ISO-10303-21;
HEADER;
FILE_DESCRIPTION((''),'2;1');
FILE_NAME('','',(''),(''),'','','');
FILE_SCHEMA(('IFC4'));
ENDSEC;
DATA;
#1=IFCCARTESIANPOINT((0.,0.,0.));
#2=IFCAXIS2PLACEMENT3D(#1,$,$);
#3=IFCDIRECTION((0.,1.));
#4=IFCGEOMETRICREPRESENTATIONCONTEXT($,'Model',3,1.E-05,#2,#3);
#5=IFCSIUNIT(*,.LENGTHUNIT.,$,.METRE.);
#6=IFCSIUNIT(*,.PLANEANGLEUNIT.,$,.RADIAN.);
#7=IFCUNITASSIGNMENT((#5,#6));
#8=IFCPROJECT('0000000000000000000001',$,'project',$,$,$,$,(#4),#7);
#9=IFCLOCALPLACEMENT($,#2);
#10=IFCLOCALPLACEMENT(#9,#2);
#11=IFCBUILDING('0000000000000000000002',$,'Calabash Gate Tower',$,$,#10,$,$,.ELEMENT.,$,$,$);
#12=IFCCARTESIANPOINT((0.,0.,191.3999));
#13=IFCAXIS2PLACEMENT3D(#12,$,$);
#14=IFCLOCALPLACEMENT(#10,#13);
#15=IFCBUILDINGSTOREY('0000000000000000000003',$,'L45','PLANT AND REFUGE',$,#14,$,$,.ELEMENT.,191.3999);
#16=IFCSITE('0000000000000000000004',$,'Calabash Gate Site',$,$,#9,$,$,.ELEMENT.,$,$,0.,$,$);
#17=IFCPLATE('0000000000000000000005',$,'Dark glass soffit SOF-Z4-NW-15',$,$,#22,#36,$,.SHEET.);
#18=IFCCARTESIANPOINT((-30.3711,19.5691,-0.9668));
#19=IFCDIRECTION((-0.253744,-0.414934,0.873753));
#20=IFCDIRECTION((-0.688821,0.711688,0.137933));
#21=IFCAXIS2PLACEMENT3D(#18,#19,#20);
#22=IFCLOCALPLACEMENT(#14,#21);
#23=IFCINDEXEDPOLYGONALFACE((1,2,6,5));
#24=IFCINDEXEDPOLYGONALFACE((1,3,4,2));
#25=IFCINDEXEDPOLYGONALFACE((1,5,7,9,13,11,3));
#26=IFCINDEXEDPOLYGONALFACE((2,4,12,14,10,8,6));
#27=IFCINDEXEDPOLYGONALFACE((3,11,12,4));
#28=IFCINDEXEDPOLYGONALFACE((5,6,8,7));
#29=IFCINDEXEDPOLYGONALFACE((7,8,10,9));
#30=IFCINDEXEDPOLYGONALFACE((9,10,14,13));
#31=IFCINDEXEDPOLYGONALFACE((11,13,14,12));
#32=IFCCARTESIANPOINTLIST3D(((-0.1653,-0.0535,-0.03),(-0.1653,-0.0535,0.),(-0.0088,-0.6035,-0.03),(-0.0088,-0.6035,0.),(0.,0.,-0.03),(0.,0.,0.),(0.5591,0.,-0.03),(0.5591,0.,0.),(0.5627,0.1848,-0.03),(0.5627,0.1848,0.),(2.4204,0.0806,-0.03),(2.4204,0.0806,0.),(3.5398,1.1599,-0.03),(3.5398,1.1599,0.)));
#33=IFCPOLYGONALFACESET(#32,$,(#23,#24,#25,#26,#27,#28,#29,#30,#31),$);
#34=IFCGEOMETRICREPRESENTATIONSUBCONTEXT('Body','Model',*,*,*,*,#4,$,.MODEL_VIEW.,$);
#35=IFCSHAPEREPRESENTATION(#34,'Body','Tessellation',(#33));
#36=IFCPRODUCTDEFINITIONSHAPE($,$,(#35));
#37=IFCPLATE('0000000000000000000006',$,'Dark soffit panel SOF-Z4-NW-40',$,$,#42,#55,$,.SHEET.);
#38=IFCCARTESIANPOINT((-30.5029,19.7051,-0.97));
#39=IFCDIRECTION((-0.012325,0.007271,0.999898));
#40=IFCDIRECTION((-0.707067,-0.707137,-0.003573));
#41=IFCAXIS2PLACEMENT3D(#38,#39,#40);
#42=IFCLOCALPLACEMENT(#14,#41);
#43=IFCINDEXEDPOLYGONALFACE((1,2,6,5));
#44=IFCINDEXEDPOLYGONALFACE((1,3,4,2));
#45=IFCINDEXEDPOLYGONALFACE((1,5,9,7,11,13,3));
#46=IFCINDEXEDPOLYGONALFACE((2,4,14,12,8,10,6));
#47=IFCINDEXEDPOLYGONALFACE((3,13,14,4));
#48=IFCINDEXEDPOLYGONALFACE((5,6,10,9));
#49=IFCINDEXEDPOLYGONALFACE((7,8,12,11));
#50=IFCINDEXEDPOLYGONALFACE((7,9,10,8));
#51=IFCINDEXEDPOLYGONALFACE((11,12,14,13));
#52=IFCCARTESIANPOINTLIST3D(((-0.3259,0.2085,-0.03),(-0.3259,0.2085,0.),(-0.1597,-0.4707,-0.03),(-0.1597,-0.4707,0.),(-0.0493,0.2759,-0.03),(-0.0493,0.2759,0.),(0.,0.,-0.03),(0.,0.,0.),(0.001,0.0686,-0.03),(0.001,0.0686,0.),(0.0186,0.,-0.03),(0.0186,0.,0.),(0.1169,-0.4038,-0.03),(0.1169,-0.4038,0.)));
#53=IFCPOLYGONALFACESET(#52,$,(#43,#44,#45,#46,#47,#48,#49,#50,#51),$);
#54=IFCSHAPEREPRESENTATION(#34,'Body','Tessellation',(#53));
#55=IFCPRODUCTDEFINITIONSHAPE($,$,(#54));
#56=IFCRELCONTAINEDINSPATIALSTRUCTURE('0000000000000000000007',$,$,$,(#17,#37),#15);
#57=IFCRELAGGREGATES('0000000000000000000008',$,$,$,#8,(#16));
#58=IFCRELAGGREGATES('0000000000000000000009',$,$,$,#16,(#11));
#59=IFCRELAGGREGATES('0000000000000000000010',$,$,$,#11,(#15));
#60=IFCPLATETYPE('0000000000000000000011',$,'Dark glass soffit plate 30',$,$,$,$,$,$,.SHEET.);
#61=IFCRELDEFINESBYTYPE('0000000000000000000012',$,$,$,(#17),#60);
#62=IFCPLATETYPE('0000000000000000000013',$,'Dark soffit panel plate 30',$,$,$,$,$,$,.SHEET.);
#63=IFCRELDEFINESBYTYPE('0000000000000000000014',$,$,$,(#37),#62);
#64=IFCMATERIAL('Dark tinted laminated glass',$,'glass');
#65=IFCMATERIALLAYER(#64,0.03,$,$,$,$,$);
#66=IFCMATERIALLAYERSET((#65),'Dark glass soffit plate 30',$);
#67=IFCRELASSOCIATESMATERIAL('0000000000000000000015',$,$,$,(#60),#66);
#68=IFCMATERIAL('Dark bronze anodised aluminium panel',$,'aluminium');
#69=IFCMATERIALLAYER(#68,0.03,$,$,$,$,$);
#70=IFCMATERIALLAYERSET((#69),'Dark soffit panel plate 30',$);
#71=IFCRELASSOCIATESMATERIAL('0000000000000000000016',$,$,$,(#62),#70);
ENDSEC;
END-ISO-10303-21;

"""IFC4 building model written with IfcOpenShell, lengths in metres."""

from ifc_helpers import new_model, si_unit, direction, frame, origin, place, context, subcontext, project, spatial, polyline, outline, extrude, material, layer, layer_set, type_object, element, save


model = new_model("IFC4")

# Units and contexts
model_context = context("Model", 3, precision=1e-05, world=origin(), true_north=direction((0.0, 1.0)))
body_context = subcontext(model_context, "Body", "Model", "MODEL_VIEW")
ifc_project = project(units=[si_unit("LENGTHUNIT", "METRE"), si_unit("PLANEANGLEUNIT", "RADIAN")], contexts=[model_context])

# Site, building, storey
site_placement = place(None, origin())
site = spatial("IfcSite", under=ifc_project, at=site_placement, Name="Calabash Gate Site", CompositionType="ELEMENT", RefElevation=0.0)
building_placement = place(site_placement, origin())
building = spatial("IfcBuilding", under=site, at=building_placement, Name="Calabash Gate Tower", CompositionType="ELEMENT")
storey_placement = place(building_placement, frame((0.0, 0.0, 191.3999)))
storey = spatial("IfcBuildingStorey", under=building, at=storey_placement, Name="L45", Description="PLANT AND REFUGE", CompositionType="ELEMENT", Elevation=191.3999)

# Plates
ifc_material_1 = material(Name="Dark tinted laminated glass", Category="glass")
ifc_layer_1 = layer(ifc_material_1, 0.03)
ifc_layer_set_1 = layer_set([ifc_layer_1], Name="Dark glass soffit plate 30")
plate_type_1 = type_object("IfcPlateType", Name="Dark glass soffit plate 30", PredefinedType="SHEET", material=ifc_layer_set_1)
plate_1_placement = place(storey_placement, frame((-30.3711, 19.5691, -0.9668), z_axis=(-0.253744, -0.414934, 0.873753), x_axis=(-0.688821, 0.711688, 0.137933)))
element("IfcPlate", 1, at=plate_1_placement, inside=storey, type_object=plate_type_1, Name="Dark glass soffit SOF-Z4-NW-15", PredefinedType="SHEET", context=body_context, shape_type="SweptSolid", body=[
    extrude(outline(polyline([(0.0, 0.0), (0.5591, 0.0), (0.5627, 0.1848), (3.5398, 1.1599), (2.4204, 0.0806), (-0.0088, -0.6035), (-0.1653, -0.0535), (0.0, 0.0)])), origin(), (0.0, 0.0, -1.0), 0.03),
])
ifc_material_2 = material(Name="Dark bronze anodised aluminium panel", Category="aluminium")
ifc_layer_2 = layer(ifc_material_2, 0.03)
ifc_layer_set_2 = layer_set([ifc_layer_2], Name="Dark soffit panel plate 30")
plate_type_2 = type_object("IfcPlateType", Name="Dark soffit panel plate 30", PredefinedType="SHEET", material=ifc_layer_set_2)
plate_2_placement = place(storey_placement, frame((-30.5029, 19.7051, -0.97), z_axis=(-0.012325, 0.007271, 0.999898), x_axis=(-0.707067, -0.707137, -0.003573)))
element("IfcPlate", 2, at=plate_2_placement, inside=storey, type_object=plate_type_2, Name="Dark soffit panel SOF-Z4-NW-40", PredefinedType="SHEET", context=body_context, shape_type="SweptSolid", body=[
    extrude(outline(polyline([(0.0, 0.0), (0.0186, 0.0), (0.1169, -0.4038), (-0.1597, -0.4707), (-0.3259, 0.2085), (-0.0493, 0.2759), (0.001, 0.0686), (0.0, 0.0)])), origin(), (0.0, 0.0, -1.0), 0.03),
])

save(model, "model.ifc")
